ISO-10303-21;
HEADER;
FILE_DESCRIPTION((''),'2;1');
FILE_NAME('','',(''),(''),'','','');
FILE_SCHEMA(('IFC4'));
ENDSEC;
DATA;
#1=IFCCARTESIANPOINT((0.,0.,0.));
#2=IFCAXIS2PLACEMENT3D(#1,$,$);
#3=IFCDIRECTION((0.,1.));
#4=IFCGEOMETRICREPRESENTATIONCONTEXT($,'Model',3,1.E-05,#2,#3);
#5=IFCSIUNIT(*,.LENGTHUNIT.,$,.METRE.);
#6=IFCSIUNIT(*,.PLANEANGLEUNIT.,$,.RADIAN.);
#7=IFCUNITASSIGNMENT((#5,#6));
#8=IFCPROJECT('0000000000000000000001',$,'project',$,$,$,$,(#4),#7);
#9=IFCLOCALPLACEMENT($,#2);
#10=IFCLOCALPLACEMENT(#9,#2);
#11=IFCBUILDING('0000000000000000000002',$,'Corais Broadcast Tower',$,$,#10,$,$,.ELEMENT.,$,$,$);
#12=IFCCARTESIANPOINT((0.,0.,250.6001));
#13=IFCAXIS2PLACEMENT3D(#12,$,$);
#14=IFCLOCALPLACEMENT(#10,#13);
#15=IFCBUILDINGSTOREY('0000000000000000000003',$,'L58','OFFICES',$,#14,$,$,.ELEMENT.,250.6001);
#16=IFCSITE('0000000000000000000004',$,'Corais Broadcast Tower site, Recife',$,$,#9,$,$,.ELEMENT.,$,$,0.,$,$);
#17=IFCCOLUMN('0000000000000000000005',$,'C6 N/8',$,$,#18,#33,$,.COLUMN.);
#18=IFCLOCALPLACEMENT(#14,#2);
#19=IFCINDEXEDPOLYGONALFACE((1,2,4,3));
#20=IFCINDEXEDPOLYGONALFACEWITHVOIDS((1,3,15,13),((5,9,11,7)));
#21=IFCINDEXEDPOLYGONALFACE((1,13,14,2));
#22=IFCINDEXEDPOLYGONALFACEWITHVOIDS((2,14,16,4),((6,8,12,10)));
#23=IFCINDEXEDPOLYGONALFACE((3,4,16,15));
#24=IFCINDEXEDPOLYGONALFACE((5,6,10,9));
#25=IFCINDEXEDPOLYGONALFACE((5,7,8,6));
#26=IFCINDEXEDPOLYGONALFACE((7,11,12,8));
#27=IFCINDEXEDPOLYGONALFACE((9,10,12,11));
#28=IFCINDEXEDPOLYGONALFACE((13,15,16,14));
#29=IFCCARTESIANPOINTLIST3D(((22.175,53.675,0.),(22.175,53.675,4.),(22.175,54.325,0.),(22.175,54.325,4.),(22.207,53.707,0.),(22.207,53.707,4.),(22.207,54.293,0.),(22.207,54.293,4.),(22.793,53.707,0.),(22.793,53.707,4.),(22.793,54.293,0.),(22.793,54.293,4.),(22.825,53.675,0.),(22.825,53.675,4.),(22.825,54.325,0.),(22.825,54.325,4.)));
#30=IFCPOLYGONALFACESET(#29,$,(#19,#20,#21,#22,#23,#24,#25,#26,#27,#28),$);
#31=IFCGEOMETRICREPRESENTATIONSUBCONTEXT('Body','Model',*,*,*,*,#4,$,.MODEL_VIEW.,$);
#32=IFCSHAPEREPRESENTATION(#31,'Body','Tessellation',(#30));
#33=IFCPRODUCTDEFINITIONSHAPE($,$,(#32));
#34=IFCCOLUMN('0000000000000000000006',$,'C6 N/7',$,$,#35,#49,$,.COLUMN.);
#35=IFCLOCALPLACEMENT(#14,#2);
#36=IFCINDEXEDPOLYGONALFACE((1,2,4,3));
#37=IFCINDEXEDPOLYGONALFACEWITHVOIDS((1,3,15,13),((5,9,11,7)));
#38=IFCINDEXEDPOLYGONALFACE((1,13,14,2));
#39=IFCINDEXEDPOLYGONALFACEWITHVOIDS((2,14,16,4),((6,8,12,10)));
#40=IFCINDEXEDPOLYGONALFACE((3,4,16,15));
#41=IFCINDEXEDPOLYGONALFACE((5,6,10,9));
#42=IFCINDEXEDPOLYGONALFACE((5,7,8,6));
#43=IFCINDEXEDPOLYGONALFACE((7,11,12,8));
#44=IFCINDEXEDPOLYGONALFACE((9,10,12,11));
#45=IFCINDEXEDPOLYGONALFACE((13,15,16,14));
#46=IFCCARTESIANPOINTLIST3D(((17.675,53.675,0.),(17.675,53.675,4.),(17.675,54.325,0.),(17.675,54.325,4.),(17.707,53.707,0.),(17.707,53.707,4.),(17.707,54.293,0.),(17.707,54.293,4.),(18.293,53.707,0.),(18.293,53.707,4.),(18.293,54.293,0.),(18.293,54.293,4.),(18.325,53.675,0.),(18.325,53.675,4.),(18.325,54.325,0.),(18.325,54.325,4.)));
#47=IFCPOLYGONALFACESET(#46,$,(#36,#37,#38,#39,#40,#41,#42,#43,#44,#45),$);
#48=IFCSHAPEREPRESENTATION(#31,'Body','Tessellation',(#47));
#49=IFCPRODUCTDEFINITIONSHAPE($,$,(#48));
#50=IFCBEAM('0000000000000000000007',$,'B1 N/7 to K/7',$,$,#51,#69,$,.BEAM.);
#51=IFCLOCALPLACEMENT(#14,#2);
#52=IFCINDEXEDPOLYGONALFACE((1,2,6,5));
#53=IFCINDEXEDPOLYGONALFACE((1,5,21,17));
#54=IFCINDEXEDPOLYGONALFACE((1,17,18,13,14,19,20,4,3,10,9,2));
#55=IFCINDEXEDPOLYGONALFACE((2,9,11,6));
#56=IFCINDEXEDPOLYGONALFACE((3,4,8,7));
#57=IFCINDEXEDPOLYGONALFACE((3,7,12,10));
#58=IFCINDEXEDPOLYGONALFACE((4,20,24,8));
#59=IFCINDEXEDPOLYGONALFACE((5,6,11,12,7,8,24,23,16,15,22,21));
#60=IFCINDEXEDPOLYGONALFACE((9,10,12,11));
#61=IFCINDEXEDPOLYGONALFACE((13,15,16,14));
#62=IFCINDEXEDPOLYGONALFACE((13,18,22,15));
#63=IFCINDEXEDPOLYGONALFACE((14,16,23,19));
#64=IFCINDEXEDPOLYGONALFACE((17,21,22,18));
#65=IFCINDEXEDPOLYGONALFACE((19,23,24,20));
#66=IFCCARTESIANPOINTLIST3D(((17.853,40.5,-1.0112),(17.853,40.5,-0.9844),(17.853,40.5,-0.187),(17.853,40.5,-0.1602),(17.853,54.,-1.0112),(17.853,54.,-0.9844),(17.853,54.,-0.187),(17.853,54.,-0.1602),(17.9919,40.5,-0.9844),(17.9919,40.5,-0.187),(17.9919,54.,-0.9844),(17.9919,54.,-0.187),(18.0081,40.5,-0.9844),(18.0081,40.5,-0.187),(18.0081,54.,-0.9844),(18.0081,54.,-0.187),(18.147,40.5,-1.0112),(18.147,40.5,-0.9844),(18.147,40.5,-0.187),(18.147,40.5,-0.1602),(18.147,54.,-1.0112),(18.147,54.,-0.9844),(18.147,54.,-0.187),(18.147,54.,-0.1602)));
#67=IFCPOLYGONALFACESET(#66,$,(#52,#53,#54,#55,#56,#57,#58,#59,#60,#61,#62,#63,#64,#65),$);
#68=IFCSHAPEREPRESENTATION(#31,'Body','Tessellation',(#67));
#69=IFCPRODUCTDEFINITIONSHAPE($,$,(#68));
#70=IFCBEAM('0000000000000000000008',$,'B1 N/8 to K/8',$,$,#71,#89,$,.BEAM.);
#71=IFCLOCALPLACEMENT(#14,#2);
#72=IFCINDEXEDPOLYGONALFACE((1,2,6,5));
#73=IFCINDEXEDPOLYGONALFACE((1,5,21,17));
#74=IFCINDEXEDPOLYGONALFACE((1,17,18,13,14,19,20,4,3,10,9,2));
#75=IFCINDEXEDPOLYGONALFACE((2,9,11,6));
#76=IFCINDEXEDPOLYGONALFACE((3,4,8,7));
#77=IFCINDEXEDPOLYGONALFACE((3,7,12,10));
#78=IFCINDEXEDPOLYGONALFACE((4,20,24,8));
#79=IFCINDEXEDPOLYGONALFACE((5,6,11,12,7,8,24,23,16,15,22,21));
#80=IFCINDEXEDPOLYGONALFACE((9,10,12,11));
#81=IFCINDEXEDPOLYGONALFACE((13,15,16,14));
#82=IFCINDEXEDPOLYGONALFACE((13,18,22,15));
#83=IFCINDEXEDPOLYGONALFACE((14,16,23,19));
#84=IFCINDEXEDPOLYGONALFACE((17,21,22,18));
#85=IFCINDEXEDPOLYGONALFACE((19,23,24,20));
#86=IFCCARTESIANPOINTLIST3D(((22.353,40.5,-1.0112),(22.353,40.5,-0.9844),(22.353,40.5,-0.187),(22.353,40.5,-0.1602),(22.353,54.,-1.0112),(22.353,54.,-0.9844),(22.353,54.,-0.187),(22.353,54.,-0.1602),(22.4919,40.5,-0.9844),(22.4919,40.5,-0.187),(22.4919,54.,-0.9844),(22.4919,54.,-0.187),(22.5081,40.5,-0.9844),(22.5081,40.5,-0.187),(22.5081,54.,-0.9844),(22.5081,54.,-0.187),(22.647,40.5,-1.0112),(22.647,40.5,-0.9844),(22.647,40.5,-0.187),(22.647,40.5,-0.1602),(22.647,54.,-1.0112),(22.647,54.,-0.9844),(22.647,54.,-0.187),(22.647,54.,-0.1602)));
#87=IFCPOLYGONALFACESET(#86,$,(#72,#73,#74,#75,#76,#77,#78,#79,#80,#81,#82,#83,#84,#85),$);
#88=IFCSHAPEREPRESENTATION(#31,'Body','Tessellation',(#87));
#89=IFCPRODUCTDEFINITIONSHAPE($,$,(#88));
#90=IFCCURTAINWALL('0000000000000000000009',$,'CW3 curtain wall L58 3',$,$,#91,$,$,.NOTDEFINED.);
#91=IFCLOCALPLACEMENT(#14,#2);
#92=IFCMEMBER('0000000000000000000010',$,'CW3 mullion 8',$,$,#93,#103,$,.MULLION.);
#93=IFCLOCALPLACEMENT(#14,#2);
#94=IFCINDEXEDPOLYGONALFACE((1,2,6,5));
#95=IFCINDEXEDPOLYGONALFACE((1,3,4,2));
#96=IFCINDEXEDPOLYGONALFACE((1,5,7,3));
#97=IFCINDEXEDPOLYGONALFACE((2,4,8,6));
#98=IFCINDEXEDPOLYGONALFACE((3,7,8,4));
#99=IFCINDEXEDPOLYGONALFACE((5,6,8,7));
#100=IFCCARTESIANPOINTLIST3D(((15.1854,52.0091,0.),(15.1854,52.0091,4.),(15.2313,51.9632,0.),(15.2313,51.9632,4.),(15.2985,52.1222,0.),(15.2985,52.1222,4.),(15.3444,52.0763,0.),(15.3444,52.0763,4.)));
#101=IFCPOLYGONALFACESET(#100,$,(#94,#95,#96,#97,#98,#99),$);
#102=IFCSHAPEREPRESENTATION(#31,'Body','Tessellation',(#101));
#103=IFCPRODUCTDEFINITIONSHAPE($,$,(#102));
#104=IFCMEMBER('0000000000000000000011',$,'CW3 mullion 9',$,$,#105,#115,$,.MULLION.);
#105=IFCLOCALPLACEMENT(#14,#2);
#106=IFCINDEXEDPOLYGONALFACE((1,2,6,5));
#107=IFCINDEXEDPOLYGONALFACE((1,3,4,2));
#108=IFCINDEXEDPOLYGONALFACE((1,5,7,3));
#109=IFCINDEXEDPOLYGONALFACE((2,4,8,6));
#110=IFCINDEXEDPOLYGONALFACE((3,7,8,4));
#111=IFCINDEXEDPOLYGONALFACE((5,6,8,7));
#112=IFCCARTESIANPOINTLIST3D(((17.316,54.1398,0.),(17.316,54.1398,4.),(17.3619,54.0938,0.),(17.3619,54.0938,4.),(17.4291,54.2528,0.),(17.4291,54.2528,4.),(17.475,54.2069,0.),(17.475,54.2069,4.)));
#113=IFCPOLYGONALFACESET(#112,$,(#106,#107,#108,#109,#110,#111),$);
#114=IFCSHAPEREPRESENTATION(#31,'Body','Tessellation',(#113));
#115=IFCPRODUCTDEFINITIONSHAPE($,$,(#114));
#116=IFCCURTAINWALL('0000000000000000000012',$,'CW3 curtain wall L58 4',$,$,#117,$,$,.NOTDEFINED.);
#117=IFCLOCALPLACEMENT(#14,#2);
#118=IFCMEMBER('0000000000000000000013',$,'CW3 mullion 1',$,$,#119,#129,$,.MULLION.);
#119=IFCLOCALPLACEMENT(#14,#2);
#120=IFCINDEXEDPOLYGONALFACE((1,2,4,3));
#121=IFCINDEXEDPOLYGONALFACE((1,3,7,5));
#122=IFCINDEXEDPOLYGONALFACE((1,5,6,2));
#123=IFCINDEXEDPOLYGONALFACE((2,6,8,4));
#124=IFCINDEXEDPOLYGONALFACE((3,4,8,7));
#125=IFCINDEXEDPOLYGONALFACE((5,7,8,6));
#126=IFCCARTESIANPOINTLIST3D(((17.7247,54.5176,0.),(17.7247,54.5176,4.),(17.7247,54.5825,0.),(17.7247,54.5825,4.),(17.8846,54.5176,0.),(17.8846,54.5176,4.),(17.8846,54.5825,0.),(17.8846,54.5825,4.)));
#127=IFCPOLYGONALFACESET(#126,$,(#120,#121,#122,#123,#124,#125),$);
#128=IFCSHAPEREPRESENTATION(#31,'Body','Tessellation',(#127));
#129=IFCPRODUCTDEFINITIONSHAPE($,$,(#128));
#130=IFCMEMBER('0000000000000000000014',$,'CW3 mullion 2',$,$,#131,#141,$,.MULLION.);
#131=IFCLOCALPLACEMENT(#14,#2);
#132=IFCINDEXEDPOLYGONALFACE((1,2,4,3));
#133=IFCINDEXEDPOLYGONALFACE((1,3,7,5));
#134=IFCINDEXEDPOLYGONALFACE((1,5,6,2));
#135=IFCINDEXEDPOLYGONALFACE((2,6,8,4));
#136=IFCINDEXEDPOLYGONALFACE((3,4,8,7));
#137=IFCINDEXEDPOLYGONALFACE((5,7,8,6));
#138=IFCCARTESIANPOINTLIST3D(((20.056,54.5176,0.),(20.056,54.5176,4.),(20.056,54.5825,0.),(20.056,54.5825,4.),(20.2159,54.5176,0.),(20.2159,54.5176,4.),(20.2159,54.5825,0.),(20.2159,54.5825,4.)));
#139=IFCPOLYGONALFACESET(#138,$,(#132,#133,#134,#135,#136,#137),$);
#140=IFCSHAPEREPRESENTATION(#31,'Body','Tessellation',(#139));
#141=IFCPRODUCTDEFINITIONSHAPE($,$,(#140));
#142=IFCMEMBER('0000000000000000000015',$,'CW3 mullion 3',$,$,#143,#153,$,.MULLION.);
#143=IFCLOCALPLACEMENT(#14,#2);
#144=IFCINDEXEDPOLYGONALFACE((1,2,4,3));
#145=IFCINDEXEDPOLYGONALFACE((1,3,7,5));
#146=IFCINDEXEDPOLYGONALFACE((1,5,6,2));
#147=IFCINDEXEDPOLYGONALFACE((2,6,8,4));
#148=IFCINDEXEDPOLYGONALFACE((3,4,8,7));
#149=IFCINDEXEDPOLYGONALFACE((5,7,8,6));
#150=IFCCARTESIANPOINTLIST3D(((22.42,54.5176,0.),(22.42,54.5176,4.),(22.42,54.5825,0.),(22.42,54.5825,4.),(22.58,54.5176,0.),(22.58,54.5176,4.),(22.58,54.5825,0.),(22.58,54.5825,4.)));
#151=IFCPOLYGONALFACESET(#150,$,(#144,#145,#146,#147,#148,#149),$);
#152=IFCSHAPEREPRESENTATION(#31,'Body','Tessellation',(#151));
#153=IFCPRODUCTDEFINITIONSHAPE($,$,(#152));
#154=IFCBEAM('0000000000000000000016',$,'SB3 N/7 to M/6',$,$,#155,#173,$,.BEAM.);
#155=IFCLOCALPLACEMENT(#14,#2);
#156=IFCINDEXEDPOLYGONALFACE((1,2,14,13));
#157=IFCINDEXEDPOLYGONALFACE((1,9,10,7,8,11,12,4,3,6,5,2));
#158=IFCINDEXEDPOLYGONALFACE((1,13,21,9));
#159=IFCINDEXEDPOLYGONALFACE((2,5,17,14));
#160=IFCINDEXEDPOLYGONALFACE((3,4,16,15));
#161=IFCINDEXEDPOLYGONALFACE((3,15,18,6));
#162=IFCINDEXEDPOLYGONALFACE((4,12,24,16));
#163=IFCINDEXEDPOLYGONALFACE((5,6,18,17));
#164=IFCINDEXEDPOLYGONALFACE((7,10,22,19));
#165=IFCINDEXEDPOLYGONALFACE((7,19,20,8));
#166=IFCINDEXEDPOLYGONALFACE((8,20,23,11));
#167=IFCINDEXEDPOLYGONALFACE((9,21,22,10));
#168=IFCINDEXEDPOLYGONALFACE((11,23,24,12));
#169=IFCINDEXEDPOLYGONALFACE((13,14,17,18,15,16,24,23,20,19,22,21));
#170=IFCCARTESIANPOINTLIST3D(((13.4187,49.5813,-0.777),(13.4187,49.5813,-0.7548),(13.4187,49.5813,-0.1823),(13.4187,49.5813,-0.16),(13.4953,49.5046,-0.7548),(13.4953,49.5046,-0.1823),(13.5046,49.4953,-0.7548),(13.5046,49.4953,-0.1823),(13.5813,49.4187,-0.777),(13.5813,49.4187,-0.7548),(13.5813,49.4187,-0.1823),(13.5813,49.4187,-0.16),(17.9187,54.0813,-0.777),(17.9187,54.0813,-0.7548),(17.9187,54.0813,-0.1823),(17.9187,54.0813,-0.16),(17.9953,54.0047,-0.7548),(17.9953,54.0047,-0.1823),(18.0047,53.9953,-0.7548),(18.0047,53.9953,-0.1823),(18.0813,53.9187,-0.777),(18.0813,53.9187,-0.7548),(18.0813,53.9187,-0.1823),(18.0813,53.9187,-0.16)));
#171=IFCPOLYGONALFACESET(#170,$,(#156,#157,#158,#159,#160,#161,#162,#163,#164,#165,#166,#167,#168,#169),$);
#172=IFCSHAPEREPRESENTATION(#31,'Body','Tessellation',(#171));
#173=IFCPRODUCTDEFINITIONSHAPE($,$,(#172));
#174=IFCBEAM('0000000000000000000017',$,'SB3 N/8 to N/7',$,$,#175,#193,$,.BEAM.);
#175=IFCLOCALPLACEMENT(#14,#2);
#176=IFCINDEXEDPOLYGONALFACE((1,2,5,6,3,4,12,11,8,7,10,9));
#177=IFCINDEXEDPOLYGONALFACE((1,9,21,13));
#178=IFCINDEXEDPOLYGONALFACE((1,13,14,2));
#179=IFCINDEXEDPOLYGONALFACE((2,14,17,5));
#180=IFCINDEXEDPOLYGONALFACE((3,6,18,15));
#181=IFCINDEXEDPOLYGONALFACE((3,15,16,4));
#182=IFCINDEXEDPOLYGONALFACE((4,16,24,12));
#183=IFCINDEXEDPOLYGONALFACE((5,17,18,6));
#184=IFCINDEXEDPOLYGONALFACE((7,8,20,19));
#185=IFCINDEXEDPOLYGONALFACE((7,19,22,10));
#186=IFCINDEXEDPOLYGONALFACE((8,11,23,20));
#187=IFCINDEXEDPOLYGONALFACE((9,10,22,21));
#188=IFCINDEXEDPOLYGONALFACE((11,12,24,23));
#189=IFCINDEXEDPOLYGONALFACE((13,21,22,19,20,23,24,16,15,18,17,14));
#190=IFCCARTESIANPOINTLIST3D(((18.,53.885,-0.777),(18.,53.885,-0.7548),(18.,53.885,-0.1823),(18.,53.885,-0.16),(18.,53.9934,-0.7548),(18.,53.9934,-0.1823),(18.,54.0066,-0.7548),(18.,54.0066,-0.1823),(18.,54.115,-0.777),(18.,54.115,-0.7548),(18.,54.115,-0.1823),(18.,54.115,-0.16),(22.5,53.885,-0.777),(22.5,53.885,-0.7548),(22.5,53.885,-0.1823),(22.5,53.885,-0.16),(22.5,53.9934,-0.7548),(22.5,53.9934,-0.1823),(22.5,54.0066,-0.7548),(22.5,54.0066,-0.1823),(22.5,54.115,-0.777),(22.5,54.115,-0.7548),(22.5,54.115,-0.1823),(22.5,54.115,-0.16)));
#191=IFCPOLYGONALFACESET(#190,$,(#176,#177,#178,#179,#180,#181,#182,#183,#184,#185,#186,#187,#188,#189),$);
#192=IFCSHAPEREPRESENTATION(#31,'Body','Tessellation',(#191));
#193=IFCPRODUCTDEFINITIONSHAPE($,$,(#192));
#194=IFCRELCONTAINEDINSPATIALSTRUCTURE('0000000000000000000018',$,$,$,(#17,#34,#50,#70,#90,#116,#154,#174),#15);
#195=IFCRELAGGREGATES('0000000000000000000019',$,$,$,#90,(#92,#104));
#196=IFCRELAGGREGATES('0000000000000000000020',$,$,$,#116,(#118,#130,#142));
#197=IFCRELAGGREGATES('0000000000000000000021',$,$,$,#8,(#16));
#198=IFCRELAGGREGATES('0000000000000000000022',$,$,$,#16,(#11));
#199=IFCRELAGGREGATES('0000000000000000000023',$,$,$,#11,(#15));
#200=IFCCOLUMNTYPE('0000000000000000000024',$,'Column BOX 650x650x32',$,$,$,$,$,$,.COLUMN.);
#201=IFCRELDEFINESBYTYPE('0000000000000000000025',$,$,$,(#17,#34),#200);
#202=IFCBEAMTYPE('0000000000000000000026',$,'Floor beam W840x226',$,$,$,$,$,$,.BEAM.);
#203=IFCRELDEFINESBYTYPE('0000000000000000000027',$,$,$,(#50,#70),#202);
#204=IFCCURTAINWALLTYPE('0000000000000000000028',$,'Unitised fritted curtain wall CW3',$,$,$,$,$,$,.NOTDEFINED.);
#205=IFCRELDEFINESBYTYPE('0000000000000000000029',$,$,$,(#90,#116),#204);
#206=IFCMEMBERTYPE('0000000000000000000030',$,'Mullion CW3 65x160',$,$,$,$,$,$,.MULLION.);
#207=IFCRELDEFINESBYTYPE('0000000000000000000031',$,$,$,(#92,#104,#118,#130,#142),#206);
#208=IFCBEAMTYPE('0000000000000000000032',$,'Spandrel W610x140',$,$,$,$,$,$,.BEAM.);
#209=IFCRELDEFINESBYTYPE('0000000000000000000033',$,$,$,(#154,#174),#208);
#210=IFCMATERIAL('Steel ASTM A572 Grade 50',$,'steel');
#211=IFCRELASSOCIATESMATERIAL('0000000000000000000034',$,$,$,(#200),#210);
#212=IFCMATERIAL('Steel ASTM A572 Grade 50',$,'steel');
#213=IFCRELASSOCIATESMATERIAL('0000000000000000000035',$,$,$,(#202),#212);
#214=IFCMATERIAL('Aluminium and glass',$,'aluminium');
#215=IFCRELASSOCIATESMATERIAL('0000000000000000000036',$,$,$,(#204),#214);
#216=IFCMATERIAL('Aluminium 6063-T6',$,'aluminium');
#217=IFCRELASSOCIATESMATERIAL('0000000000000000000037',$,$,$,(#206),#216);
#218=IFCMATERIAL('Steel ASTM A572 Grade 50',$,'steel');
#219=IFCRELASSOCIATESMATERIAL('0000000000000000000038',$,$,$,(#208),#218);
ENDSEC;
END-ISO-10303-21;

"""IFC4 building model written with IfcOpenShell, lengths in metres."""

from ifc_helpers import new_model, si_unit, direction, frame, origin, origin_2d, place, context, subcontext, project, spatial, rectangle, hollow_rectangle, i_section, extrude, material, material_profile, profile_set, type_object, element, aggregate, save


model = new_model("IFC4")

# Units and contexts
model_context = context("Model", 3, precision=1e-05, world=origin(), true_north=direction((0.0, 1.0)))
body_context = subcontext(model_context, "Body", "Model", "MODEL_VIEW")
ifc_project = project(units=[si_unit("LENGTHUNIT", "METRE"), si_unit("PLANEANGLEUNIT", "RADIAN")], contexts=[model_context])

# Site, building, storey
site_placement = place(None, origin())
site = spatial("IfcSite", under=ifc_project, at=site_placement, Name="Corais Broadcast Tower site, Recife", CompositionType="ELEMENT", RefElevation=0.0)
building_placement = place(site_placement, origin())
building = spatial("IfcBuilding", under=site, at=building_placement, Name="Corais Broadcast Tower", CompositionType="ELEMENT")
storey_placement = place(building_placement, frame((0.0, 0.0, 250.6001)))
storey = spatial("IfcBuildingStorey", under=building, at=storey_placement, Name="L58", Description="OFFICES", CompositionType="ELEMENT", Elevation=250.6001)

# Columns
ifc_material_1 = material(Name="Steel ASTM A572 Grade 50", Category="steel")
ifc_material_profile_1 = material_profile(ifc_material_1, hollow_rectangle(XDim=0.6499, YDim=0.6499, WallThickness=0.032, at=origin_2d()), Name="BOX 650x650x32")
ifc_profile_set_1 = profile_set([ifc_material_profile_1], Name="Steel ASTM A572 Grade 50")
column_type = type_object("IfcColumnType", Name="Column BOX 650x650x32", PredefinedType="COLUMN", material=ifc_profile_set_1)
for number, where, z_axis, x_axis, name in (
    (1, (22.5, 54.0, 0.0), (0.0, 0.0, 1.0), (1.0, 0.0, 0.0), "C6 N/8"),
    (2, (18.0, 54.0, 0.0), (0.0, 0.0, 1.0), (1.0, 0.0, 0.0), "C6 N/7"),
):
    element("IfcColumn", number, at=place(storey_placement, frame(where, z_axis=z_axis, x_axis=x_axis)), inside=storey, type_object=column_type, Name=name, PredefinedType="COLUMN", context=body_context, shape_type="SweptSolid", body=[
        extrude(hollow_rectangle(XDim=0.6499, YDim=0.6499, WallThickness=0.032, at=origin_2d()), origin(), (0.0, 0.0, 1.0), 4.0),
    ])

# Beams
ifc_material_2 = material(Name="Steel ASTM A572 Grade 50", Category="steel")
ifc_material_profile_2 = material_profile(ifc_material_2, i_section(OverallWidth=0.2939, OverallDepth=0.8511, WebThickness=0.0161, FlangeThickness=0.0269, at=origin_2d()), Name="W840x226")
ifc_profile_set_2 = profile_set([ifc_material_profile_2], Name="Steel ASTM A572 Grade 50")
beam_type_1 = type_object("IfcBeamType", Name="Floor beam W840x226", PredefinedType="BEAM", material=ifc_profile_set_2)
for number, where, z_axis, x_axis, name in (
    (3, (18.0, 54.0, -0.5857), (0.0, -1.0, 0.0), (1.0, 0.0, 0.0), "B1 N/7 to K/7"),
    (4, (22.5, 54.0, -0.5857), (0.0, -1.0, 0.0), (1.0, 0.0, 0.0), "B1 N/8 to K/8"),
):
    element("IfcBeam", number, at=place(storey_placement, frame(where, z_axis=z_axis, x_axis=x_axis)), inside=storey, type_object=beam_type_1, Name=name, PredefinedType="BEAM", context=body_context, shape_type="SweptSolid", body=[
        extrude(i_section(OverallWidth=0.2939, OverallDepth=0.8511, WebThickness=0.0161, FlangeThickness=0.0269, at=origin_2d()), origin(), (0.0, 0.0, 1.0), 13.5),
    ])

# Curtain walls, members
ifc_material_3 = material(Name="Aluminium and glass", Category="aluminium")
curtain_wall_type = type_object("IfcCurtainWallType", Name="Unitised fritted curtain wall CW3", PredefinedType="NOTDEFINED", material=ifc_material_3)
curtain_wall_1_placement = place(storey_placement, origin())
curtain_wall_1 = element("IfcCurtainWall", 5, at=curtain_wall_1_placement, inside=storey, type_object=curtain_wall_type, Name="CW3 curtain wall L58 3", PredefinedType="NOTDEFINED")
ifc_material_4 = material(Name="Aluminium 6063-T6", Category="aluminium")
ifc_material_profile_3 = material_profile(ifc_material_4, rectangle(XDim=0.0649, YDim=0.1599, at=origin_2d()), Name="Mullion CW3 65x160")
ifc_profile_set_3 = profile_set([ifc_material_profile_3], Name="Aluminium 6063-T6")
member_type_1 = type_object("IfcMemberType", Name="Mullion CW3 65x160", PredefinedType="MULLION", material=ifc_profile_set_3)
member_1_placement = place(storey_placement, frame((15.2649, 52.0427, 0.0), z_axis=(0.0, 0.0, 1.0), x_axis=(-0.707107, 0.707107, 0.0)))
member_1 = element("IfcMember", 6, at=member_1_placement, type_object=member_type_1, Name="CW3 mullion 8", PredefinedType="MULLION", context=body_context, shape_type="SweptSolid", body=[
    extrude(rectangle(XDim=0.0649, YDim=0.1599, at=origin_2d()), origin(), (0.0, 0.0, 1.0), 4.0),
])
member_2_placement = place(storey_placement, frame((17.3955, 54.1733, 0.0), z_axis=(0.0, 0.0, 1.0), x_axis=(-0.707107, 0.707107, 0.0)))
member_2 = element("IfcMember", 7, at=member_2_placement, type_object=member_type_1, Name="CW3 mullion 9", PredefinedType="MULLION", context=body_context, shape_type="SweptSolid", body=[
    extrude(rectangle(XDim=0.0649, YDim=0.1599, at=origin_2d()), origin(), (0.0, 0.0, 1.0), 4.0),
])
curtain_wall_2_placement = place(storey_placement, origin())
curtain_wall_2 = element("IfcCurtainWall", 8, at=curtain_wall_2_placement, inside=storey, type_object=curtain_wall_type, Name="CW3 curtain wall L58 4", PredefinedType="NOTDEFINED")
member_3_placement = place(storey_placement, frame((17.8047, 54.55, 0.0), z_axis=(0.0, 0.0, 1.0), x_axis=(0.0, 1.0, 0.0)))
member_3 = element("IfcMember", 9, at=member_3_placement, type_object=member_type_1, Name="CW3 mullion 1", PredefinedType="MULLION", context=body_context, shape_type="SweptSolid", body=[
    extrude(rectangle(XDim=0.0649, YDim=0.1599, at=origin_2d()), origin(), (0.0, 0.0, 1.0), 4.0),
])
member_4_placement = place(storey_placement, frame((20.136, 54.55, 0.0), z_axis=(0.0, 0.0, 1.0), x_axis=(0.0, 1.0, 0.0)))
member_4 = element("IfcMember", 10, at=member_4_placement, type_object=member_type_1, Name="CW3 mullion 2", PredefinedType="MULLION", context=body_context, shape_type="SweptSolid", body=[
    extrude(rectangle(XDim=0.0649, YDim=0.1599, at=origin_2d()), origin(), (0.0, 0.0, 1.0), 4.0),
])
member_5_placement = place(storey_placement, frame((22.5, 54.55, 0.0), z_axis=(0.0, 0.0, 1.0), x_axis=(0.0, 1.0, 0.0)))
member_5 = element("IfcMember", 11, at=member_5_placement, type_object=member_type_1, Name="CW3 mullion 3", PredefinedType="MULLION", context=body_context, shape_type="SweptSolid", body=[
    extrude(rectangle(XDim=0.0649, YDim=0.1599, at=origin_2d()), origin(), (0.0, 0.0, 1.0), 4.0),
])

# Beams
ifc_material_5 = material(Name="Steel ASTM A572 Grade 50", Category="steel")
ifc_material_profile_4 = material_profile(ifc_material_5, i_section(OverallWidth=0.23, OverallDepth=0.6169, WebThickness=0.0132, FlangeThickness=0.0222, at=origin_2d()), Name="W610x140")
ifc_profile_set_4 = profile_set([ifc_material_profile_4], Name="Steel ASTM A572 Grade 50")
beam_type_2 = type_object("IfcBeamType", Name="Spandrel W610x140", PredefinedType="BEAM", material=ifc_profile_set_4)
beam_1_placement = place(storey_placement, frame((18.0, 54.0, -0.4685), z_axis=(-0.707107, -0.707107, 0.0), x_axis=(0.707107, -0.707107, 0.0)))
element("IfcBeam", 12, at=beam_1_placement, inside=storey, type_object=beam_type_2, Name="SB3 N/7 to M/6", PredefinedType="BEAM", context=body_context, shape_type="SweptSolid", body=[
    extrude(i_section(OverallWidth=0.23, OverallDepth=0.6169, WebThickness=0.0132, FlangeThickness=0.0222, at=origin_2d()), origin(), (0.0, 0.0, 1.0), 6.364),
])
beam_2_placement = place(storey_placement, frame((22.5, 54.0, -0.4685), z_axis=(-1.0, 0.0, 0.0), x_axis=(0.0, -1.0, 0.0)))
element("IfcBeam", 13, at=beam_2_placement, inside=storey, type_object=beam_type_2, Name="SB3 N/8 to N/7", PredefinedType="BEAM", context=body_context, shape_type="SweptSolid", body=[
    extrude(i_section(OverallWidth=0.23, OverallDepth=0.6169, WebThickness=0.0132, FlangeThickness=0.0222, at=origin_2d()), origin(), (0.0, 0.0, 1.0), 4.5),
])

aggregate(curtain_wall_1, [member_1, member_2])
aggregate(curtain_wall_2, [member_3, member_4, member_5])

save(model, "model.ifc")
